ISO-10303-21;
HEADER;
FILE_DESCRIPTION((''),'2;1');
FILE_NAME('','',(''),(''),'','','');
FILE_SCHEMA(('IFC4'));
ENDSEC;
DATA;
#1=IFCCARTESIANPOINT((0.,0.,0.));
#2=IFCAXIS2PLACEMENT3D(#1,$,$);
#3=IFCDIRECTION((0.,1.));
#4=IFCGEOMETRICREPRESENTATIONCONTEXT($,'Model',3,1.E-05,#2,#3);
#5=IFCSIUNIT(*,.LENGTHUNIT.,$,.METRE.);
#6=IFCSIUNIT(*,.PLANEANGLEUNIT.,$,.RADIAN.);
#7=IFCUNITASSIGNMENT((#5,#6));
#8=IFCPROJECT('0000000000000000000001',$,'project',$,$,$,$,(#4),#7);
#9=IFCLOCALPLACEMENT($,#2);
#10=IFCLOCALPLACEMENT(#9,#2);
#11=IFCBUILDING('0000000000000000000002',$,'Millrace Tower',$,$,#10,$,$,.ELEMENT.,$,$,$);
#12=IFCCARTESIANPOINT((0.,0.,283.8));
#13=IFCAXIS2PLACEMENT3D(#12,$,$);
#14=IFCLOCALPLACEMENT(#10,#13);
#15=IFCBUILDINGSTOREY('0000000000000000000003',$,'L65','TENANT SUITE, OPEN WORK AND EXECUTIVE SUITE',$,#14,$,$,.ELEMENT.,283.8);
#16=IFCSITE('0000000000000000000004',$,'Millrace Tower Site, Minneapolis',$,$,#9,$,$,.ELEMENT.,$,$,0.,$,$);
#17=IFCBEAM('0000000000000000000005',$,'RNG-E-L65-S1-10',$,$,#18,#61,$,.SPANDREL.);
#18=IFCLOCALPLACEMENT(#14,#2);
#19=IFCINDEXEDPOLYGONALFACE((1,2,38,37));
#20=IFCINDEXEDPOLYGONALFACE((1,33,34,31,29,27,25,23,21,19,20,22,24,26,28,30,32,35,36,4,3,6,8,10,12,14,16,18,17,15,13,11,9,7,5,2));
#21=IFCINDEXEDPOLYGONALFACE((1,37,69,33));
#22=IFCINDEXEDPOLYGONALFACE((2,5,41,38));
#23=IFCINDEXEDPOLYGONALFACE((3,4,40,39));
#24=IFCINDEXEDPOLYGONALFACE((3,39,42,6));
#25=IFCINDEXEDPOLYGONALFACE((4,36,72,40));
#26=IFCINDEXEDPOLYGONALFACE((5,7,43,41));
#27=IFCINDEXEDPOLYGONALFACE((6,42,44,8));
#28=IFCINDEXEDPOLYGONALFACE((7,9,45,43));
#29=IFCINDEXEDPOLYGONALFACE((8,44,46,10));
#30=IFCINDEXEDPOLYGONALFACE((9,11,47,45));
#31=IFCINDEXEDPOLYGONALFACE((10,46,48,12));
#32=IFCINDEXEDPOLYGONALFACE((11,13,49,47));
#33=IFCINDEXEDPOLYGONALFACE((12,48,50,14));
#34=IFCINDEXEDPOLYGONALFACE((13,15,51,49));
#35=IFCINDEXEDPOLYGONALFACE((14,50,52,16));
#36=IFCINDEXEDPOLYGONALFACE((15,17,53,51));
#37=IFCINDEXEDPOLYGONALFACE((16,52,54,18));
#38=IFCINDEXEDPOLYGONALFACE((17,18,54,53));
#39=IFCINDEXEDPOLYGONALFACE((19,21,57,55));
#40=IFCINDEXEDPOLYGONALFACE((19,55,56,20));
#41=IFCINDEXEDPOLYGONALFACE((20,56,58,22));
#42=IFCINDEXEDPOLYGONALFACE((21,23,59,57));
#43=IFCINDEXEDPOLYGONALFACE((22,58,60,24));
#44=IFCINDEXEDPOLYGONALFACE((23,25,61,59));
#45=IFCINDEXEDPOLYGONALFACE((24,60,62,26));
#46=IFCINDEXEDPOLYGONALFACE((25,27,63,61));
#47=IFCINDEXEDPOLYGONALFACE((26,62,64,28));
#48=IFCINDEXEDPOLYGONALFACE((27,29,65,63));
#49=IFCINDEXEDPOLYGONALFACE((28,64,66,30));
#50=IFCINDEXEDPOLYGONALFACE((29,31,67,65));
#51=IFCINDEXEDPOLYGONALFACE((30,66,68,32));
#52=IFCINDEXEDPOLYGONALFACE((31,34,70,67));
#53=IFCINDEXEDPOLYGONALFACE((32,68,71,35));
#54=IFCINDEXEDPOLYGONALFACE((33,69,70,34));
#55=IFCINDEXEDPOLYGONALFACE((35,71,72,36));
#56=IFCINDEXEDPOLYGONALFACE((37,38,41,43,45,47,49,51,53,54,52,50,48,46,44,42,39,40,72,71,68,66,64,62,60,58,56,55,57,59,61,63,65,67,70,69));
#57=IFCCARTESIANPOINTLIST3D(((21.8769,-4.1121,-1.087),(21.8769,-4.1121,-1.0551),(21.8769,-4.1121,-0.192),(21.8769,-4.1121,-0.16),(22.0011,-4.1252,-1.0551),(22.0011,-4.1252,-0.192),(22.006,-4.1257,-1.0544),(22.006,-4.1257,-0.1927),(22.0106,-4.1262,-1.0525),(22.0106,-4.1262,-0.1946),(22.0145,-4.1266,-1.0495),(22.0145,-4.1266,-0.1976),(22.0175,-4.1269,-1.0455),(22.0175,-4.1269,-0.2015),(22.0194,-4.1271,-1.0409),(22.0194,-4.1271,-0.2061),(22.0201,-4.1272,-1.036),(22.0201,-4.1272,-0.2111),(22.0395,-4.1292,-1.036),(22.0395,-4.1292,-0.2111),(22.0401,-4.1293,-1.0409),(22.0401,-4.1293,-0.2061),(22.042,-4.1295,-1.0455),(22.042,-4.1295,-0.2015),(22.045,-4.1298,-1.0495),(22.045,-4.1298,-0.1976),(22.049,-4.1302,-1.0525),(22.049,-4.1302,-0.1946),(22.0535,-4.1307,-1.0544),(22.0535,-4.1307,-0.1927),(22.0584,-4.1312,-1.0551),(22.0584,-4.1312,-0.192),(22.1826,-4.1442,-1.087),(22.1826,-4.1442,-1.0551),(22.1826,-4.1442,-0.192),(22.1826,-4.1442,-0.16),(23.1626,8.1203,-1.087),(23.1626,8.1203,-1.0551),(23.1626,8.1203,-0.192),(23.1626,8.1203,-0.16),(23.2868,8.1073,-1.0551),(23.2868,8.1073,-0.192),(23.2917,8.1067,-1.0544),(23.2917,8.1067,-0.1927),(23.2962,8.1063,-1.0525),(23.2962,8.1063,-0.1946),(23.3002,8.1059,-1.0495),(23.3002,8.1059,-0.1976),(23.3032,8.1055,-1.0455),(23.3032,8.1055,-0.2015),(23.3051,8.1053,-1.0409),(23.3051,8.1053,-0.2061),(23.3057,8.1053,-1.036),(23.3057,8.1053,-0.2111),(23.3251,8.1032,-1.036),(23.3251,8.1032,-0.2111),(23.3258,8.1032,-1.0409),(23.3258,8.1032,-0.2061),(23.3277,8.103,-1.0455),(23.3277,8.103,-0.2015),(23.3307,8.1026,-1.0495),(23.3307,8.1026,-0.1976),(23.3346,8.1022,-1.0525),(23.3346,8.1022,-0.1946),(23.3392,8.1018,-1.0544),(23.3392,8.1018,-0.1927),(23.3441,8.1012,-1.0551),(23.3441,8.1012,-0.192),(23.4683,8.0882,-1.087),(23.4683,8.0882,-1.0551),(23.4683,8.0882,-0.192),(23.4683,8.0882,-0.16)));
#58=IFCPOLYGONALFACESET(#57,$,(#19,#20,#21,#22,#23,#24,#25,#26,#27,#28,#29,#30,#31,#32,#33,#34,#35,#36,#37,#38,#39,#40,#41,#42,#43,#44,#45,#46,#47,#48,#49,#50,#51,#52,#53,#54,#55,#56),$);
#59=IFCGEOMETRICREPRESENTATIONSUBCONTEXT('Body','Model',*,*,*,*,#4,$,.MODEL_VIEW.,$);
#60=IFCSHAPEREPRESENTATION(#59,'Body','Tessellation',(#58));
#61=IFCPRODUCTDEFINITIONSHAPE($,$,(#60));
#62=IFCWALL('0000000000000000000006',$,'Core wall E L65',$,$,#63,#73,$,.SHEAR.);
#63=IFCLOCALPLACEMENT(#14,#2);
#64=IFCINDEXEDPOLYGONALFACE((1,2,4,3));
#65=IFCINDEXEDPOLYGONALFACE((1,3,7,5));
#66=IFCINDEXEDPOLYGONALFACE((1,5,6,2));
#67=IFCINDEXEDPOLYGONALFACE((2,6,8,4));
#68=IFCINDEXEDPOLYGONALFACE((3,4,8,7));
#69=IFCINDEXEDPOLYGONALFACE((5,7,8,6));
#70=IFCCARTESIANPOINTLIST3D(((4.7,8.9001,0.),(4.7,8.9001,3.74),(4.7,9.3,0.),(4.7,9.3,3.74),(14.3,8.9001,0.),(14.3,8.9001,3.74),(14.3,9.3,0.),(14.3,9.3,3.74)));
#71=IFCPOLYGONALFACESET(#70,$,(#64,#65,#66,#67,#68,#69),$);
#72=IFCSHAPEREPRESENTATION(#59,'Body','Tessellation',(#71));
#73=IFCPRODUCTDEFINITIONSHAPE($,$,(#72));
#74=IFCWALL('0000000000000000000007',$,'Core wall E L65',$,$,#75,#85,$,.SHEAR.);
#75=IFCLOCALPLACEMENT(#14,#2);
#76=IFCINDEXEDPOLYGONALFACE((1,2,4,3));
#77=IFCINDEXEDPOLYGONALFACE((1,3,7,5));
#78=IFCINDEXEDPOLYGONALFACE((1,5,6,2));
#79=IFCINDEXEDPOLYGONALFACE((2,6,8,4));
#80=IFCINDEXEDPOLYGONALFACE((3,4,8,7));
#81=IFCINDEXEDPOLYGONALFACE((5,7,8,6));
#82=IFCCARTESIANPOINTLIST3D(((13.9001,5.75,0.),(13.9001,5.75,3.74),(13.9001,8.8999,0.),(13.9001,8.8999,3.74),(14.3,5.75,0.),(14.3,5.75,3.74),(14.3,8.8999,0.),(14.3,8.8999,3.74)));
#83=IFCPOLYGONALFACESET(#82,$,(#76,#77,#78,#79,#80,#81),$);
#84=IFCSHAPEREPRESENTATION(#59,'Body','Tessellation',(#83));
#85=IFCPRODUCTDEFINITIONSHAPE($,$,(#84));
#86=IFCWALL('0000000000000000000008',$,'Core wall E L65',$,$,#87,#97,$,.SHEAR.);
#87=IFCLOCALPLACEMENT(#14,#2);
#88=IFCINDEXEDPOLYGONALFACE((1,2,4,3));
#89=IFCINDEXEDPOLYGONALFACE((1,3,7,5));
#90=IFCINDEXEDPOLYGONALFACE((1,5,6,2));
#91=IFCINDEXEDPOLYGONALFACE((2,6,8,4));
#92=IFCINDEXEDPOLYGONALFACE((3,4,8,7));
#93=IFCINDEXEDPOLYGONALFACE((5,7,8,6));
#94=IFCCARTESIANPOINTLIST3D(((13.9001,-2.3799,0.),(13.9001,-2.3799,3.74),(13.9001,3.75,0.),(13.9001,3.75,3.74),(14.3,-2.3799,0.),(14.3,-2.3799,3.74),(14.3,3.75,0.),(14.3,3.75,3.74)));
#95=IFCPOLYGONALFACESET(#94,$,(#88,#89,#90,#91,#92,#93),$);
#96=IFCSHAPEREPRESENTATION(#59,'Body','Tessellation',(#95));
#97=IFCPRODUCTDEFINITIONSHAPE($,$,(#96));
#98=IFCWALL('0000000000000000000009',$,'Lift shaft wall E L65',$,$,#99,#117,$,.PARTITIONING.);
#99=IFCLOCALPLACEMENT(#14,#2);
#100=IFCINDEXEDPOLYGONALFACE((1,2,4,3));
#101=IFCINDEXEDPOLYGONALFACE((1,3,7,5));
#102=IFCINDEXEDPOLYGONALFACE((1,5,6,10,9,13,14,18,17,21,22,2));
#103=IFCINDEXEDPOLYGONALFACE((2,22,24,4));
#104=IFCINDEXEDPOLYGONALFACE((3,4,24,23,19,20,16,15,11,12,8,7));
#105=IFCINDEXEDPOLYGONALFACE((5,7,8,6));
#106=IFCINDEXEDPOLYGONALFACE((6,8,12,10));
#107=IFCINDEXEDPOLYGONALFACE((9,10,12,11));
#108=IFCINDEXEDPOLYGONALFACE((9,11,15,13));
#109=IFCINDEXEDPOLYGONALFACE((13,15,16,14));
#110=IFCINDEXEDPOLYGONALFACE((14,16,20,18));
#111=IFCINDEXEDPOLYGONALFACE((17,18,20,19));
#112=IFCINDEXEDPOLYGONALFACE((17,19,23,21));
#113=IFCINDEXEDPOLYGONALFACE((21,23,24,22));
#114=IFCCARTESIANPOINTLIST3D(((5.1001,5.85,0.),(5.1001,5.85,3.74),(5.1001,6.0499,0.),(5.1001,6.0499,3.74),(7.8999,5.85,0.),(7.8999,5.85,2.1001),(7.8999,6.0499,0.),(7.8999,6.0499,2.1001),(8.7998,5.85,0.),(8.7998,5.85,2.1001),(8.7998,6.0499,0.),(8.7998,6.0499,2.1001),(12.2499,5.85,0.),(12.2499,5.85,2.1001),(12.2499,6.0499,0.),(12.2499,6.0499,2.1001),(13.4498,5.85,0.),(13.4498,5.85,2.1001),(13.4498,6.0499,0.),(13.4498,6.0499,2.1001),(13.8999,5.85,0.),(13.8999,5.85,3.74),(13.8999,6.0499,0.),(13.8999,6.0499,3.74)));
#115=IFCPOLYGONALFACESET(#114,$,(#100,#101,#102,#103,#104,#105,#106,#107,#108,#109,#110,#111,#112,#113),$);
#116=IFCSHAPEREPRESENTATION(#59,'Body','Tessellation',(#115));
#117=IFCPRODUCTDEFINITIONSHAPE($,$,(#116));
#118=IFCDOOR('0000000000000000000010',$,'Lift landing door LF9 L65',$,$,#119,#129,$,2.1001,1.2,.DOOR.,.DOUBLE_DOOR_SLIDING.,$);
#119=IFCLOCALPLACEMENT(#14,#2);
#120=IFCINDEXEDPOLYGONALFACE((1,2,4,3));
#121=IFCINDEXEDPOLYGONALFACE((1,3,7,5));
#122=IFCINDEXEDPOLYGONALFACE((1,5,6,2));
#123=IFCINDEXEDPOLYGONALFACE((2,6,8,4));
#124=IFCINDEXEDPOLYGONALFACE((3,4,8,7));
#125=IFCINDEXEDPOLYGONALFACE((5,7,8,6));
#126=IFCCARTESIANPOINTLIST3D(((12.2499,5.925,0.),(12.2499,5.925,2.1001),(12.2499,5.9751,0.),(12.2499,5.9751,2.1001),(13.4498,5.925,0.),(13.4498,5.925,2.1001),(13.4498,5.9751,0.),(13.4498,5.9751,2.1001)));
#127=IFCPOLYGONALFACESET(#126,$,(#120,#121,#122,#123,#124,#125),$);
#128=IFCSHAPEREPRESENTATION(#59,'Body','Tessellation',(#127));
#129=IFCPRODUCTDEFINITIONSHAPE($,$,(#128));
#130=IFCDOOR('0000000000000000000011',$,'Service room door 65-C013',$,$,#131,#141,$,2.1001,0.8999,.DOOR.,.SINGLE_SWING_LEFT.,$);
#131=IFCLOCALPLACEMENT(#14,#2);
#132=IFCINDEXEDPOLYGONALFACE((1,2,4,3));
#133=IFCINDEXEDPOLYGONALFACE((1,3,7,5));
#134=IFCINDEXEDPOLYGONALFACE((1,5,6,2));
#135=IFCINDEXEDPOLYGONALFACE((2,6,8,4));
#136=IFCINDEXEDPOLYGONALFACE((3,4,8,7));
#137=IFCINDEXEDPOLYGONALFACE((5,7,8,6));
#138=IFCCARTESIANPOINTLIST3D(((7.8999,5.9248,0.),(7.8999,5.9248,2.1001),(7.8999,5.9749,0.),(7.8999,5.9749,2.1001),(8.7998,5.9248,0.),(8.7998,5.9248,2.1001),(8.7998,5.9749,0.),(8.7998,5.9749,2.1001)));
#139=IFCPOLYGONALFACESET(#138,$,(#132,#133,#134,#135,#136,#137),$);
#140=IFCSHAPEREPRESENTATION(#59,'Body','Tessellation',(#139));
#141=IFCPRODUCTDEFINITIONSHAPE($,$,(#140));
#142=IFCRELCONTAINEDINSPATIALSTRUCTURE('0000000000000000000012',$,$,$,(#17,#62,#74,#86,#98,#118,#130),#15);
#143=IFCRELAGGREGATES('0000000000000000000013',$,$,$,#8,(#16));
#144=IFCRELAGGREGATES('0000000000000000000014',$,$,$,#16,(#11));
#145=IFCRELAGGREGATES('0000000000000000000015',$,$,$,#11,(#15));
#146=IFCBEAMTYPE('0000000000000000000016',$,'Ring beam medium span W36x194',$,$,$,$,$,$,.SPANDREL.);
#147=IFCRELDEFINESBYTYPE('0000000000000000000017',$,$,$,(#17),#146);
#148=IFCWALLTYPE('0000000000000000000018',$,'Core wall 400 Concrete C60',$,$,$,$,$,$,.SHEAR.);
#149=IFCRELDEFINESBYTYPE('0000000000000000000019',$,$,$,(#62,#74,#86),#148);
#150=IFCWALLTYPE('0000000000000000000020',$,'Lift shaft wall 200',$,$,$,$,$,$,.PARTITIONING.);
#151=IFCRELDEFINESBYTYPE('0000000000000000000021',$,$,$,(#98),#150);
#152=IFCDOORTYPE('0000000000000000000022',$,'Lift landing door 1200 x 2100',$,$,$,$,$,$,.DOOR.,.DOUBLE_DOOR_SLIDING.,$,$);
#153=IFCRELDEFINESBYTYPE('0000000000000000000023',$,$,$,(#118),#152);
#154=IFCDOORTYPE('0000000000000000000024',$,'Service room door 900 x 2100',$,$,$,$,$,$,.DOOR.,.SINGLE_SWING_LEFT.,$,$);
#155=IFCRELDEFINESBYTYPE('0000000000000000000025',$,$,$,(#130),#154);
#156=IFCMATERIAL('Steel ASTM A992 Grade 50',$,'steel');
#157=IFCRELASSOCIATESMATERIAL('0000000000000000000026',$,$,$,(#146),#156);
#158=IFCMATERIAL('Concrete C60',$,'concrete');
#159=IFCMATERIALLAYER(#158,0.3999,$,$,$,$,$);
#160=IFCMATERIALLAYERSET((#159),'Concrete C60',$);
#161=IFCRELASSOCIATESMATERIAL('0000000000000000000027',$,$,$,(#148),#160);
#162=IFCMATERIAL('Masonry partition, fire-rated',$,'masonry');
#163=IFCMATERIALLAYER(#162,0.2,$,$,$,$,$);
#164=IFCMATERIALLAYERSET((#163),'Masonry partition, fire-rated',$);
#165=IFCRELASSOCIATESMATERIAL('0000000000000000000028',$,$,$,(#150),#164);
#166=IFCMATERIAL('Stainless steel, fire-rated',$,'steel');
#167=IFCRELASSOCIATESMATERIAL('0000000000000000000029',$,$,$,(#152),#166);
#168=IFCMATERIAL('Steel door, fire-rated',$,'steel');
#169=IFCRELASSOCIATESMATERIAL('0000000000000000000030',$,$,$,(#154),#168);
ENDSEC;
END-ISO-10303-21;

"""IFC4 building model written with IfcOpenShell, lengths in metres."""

from ifc_helpers import new_model, si_unit, direction, frame, frame_2d, origin, origin_2d, place, context, subcontext, project, spatial, rectangle, i_section, extrude, material, layer, layer_set, material_profile, profile_set, type_object, element, fill, save


model = new_model("IFC4")

# Units and contexts
model_context = context("Model", 3, precision=1e-05, world=origin(), true_north=direction((0.0, 1.0)))
body_context = subcontext(model_context, "Body", "Model", "MODEL_VIEW")
ifc_project = project(units=[si_unit("LENGTHUNIT", "METRE"), si_unit("PLANEANGLEUNIT", "RADIAN")], contexts=[model_context])

# Site, building, storey
site_placement = place(None, origin())
site = spatial("IfcSite", under=ifc_project, at=site_placement, Name="Millrace Tower Site, Minneapolis", CompositionType="ELEMENT", RefElevation=0.0)
building_placement = place(site_placement, origin())
building = spatial("IfcBuilding", under=site, at=building_placement, Name="Millrace Tower", CompositionType="ELEMENT")
storey_placement = place(building_placement, frame((0.0, 0.0, 283.8)))
storey = spatial("IfcBuildingStorey", under=building, at=storey_placement, Name="L65", Description="TENANT SUITE, OPEN WORK AND EXECUTIVE SUITE", CompositionType="ELEMENT", Elevation=283.8)

# Beam
ifc_material_1 = material(Name="Steel ASTM A992 Grade 50", Category="steel")
ifc_material_profile_1 = material_profile(ifc_material_1, i_section(OverallWidth=0.3074, OverallDepth=0.927, WebThickness=0.0195, FlangeThickness=0.032, FilletRadius=0.019, at=origin_2d()))
ifc_profile_set_1 = profile_set([ifc_material_profile_1], Name="Steel ASTM A992 Grade 50")
beam_type_1 = type_object("IfcBeamType", Name="Ring beam medium span W36x194", PredefinedType="SPANDREL", material=ifc_profile_set_1)
beam_1_placement = place(storey_placement, frame((23.3154, 8.1042, -0.6235), z_axis=(-0.104526, -0.994522, 0.0), x_axis=(0.994522, -0.104526, 0.0)))
element("IfcBeam", 1, at=beam_1_placement, inside=storey, type_object=beam_type_1, Name="RNG-E-L65-S1-10", PredefinedType="SPANDREL", context=body_context, shape_type="SweptSolid", body=[
    extrude(i_section(OverallWidth=0.3074, OverallDepth=0.927, WebThickness=0.0195, FlangeThickness=0.032, FilletRadius=0.019, at=origin_2d()), origin(), (0.0, 0.0, 1.0), 12.2998),
])

# Walls
ifc_material_2 = material(Name="Concrete C60", Category="concrete")
ifc_layer_1 = layer(ifc_material_2, 0.3999)
ifc_layer_set_1 = layer_set([ifc_layer_1], Name="Concrete C60")
wall_type_1 = type_object("IfcWallType", Name="Core wall 400 Concrete C60", PredefinedType="SHEAR", material=ifc_layer_set_1)
wall_1_placement = place(storey_placement, frame((14.3, 9.1001, 0.0), z_axis=(0.0, 0.0, 1.0), x_axis=(-1.0, 0.0, 0.0)))
element("IfcWall", 2, at=wall_1_placement, inside=storey, type_object=wall_type_1, Name="Core wall E L65", PredefinedType="SHEAR", context=body_context, shape_type="SweptSolid", body=[
    extrude(rectangle(XDim=9.6001, YDim=0.3999, at=frame_2d((4.8, 0.0))), origin(), (0.0, 0.0, 1.0), 3.74),
])
wall_2_placement = place(storey_placement, frame((14.1001, 8.8999, 0.0), z_axis=(0.0, 0.0, 1.0), x_axis=(0.0, -1.0, 0.0)))
element("IfcWall", 3, at=wall_2_placement, inside=storey, type_object=wall_type_1, Name="Core wall E L65", PredefinedType="SHEAR", context=body_context, shape_type="SweptSolid", body=[
    extrude(rectangle(XDim=3.1499, YDim=0.3999, at=frame_2d((1.575, 0.0))), origin(), (0.0, 0.0, 1.0), 3.74),
])
wall_3_placement = place(storey_placement, frame((14.1001, 3.75, 0.0), z_axis=(0.0, 0.0, 1.0), x_axis=(0.0, -1.0, 0.0)))
element("IfcWall", 4, at=wall_3_placement, inside=storey, type_object=wall_type_1, Name="Core wall E L65", PredefinedType="SHEAR", context=body_context, shape_type="SweptSolid", body=[
    extrude(rectangle(XDim=6.1299, YDim=0.3999, at=frame_2d((3.0649, 0.0))), origin(), (0.0, 0.0, 1.0), 3.74),
])

# Wall, openings, doors
ifc_material_3 = material(Name="Masonry partition, fire-rated", Category="masonry")
ifc_layer_2 = layer(ifc_material_3, 0.2)
ifc_layer_set_2 = layer_set([ifc_layer_2], Name="Masonry partition, fire-rated")
wall_type_2 = type_object("IfcWallType", Name="Lift shaft wall 200", PredefinedType="PARTITIONING", material=ifc_layer_set_2)
wall_4_placement = place(storey_placement, frame((13.8999, 5.95, 0.0), z_axis=(0.0, 0.0, 1.0), x_axis=(-1.0, 0.0, 0.0)))
wall_4 = element("IfcWall", 5, at=wall_4_placement, inside=storey, type_object=wall_type_2, Name="Lift shaft wall E L65", PredefinedType="PARTITIONING", context=body_context, shape_type="SweptSolid", body=[
    extrude(rectangle(XDim=8.7998, YDim=0.2, at=frame_2d((4.3999, 0.0))), origin(), (0.0, 0.0, 1.0), 3.74),
])
opening_1_placement = place(wall_4_placement, frame((0.45, 0.0, 0.0)))
opening_1 = element("IfcOpeningElement", 6, at=opening_1_placement, cuts=wall_4, PredefinedType="OPENING", context=body_context, shape_type="SweptSolid", body=[
    extrude(rectangle(XDim=1.2, YDim=2.1001, at=frame_2d((0.6001, 1.05))), frame((0.0, 0.1099, 0.0), z_axis=(0.0, -1.0, 0.0), x_axis=(1.0, 0.0, 0.0)), (0.0, 0.0, 1.0), 0.22),
])
opening_2_placement = place(wall_4_placement, frame((5.1001, 0.0, 0.0)))
opening_2 = element("IfcOpeningElement", 7, at=opening_2_placement, cuts=wall_4, PredefinedType="OPENING", context=body_context, shape_type="SweptSolid", body=[
    extrude(rectangle(XDim=0.8999, YDim=2.1001, at=frame_2d((0.45, 1.05))), frame((0.0, 0.1099, 0.0), z_axis=(0.0, -1.0, 0.0), x_axis=(1.0, 0.0, 0.0)), (0.0, 0.0, 1.0), 0.22),
])
ifc_material_4 = material(Name="Stainless steel, fire-rated", Category="steel")
door_type_1 = type_object("IfcDoorType", Name="Lift landing door 1200 x 2100", OperationType="DOUBLE_DOOR_SLIDING", PredefinedType="DOOR", material=ifc_material_4)
door_1_placement = place(opening_1_placement, origin())
door_1 = element("IfcDoor", 8, at=door_1_placement, inside=storey, type_object=door_type_1, Name="Lift landing door LF9 L65", OperationType="DOUBLE_DOOR_SLIDING", OverallHeight=2.1001, OverallWidth=1.2, PredefinedType="DOOR", context=body_context, shape_type="SweptSolid", body=[
    extrude(rectangle(XDim=1.2, YDim=2.1001, at=frame_2d((0.6001, 1.05))), frame((0.0, 0.0249, 0.0), z_axis=(0.0, -1.0, 0.0), x_axis=(1.0, 0.0, 0.0)), (0.0, 0.0, 1.0), 0.05),
])
fill(opening_1, door_1)
ifc_material_5 = material(Name="Steel door, fire-rated", Category="steel")
door_type_2 = type_object("IfcDoorType", Name="Service room door 900 x 2100", OperationType="SINGLE_SWING_LEFT", PredefinedType="DOOR", material=ifc_material_5)
door_2_placement = place(opening_2_placement, frame((0.8999, 0.0, 0.0), z_axis=(0.0, 0.0, 1.0), x_axis=(-1.0, 0.0, 0.0)))
door_2 = element("IfcDoor", 9, at=door_2_placement, inside=storey, type_object=door_type_2, Name="Service room door 65-C013", OperationType="SINGLE_SWING_LEFT", OverallHeight=2.1001, OverallWidth=0.8999, PredefinedType="DOOR", context=body_context, shape_type="SweptSolid", body=[
    extrude(rectangle(XDim=0.8999, YDim=2.1001, at=frame_2d((0.45, 1.05))), frame((0.0, 0.0249, 0.0), z_axis=(0.0, -1.0, 0.0), x_axis=(1.0, 0.0, 0.0)), (0.0, 0.0, 1.0), 0.05),
])
fill(opening_2, door_2)

save(model, "model.ifc")
